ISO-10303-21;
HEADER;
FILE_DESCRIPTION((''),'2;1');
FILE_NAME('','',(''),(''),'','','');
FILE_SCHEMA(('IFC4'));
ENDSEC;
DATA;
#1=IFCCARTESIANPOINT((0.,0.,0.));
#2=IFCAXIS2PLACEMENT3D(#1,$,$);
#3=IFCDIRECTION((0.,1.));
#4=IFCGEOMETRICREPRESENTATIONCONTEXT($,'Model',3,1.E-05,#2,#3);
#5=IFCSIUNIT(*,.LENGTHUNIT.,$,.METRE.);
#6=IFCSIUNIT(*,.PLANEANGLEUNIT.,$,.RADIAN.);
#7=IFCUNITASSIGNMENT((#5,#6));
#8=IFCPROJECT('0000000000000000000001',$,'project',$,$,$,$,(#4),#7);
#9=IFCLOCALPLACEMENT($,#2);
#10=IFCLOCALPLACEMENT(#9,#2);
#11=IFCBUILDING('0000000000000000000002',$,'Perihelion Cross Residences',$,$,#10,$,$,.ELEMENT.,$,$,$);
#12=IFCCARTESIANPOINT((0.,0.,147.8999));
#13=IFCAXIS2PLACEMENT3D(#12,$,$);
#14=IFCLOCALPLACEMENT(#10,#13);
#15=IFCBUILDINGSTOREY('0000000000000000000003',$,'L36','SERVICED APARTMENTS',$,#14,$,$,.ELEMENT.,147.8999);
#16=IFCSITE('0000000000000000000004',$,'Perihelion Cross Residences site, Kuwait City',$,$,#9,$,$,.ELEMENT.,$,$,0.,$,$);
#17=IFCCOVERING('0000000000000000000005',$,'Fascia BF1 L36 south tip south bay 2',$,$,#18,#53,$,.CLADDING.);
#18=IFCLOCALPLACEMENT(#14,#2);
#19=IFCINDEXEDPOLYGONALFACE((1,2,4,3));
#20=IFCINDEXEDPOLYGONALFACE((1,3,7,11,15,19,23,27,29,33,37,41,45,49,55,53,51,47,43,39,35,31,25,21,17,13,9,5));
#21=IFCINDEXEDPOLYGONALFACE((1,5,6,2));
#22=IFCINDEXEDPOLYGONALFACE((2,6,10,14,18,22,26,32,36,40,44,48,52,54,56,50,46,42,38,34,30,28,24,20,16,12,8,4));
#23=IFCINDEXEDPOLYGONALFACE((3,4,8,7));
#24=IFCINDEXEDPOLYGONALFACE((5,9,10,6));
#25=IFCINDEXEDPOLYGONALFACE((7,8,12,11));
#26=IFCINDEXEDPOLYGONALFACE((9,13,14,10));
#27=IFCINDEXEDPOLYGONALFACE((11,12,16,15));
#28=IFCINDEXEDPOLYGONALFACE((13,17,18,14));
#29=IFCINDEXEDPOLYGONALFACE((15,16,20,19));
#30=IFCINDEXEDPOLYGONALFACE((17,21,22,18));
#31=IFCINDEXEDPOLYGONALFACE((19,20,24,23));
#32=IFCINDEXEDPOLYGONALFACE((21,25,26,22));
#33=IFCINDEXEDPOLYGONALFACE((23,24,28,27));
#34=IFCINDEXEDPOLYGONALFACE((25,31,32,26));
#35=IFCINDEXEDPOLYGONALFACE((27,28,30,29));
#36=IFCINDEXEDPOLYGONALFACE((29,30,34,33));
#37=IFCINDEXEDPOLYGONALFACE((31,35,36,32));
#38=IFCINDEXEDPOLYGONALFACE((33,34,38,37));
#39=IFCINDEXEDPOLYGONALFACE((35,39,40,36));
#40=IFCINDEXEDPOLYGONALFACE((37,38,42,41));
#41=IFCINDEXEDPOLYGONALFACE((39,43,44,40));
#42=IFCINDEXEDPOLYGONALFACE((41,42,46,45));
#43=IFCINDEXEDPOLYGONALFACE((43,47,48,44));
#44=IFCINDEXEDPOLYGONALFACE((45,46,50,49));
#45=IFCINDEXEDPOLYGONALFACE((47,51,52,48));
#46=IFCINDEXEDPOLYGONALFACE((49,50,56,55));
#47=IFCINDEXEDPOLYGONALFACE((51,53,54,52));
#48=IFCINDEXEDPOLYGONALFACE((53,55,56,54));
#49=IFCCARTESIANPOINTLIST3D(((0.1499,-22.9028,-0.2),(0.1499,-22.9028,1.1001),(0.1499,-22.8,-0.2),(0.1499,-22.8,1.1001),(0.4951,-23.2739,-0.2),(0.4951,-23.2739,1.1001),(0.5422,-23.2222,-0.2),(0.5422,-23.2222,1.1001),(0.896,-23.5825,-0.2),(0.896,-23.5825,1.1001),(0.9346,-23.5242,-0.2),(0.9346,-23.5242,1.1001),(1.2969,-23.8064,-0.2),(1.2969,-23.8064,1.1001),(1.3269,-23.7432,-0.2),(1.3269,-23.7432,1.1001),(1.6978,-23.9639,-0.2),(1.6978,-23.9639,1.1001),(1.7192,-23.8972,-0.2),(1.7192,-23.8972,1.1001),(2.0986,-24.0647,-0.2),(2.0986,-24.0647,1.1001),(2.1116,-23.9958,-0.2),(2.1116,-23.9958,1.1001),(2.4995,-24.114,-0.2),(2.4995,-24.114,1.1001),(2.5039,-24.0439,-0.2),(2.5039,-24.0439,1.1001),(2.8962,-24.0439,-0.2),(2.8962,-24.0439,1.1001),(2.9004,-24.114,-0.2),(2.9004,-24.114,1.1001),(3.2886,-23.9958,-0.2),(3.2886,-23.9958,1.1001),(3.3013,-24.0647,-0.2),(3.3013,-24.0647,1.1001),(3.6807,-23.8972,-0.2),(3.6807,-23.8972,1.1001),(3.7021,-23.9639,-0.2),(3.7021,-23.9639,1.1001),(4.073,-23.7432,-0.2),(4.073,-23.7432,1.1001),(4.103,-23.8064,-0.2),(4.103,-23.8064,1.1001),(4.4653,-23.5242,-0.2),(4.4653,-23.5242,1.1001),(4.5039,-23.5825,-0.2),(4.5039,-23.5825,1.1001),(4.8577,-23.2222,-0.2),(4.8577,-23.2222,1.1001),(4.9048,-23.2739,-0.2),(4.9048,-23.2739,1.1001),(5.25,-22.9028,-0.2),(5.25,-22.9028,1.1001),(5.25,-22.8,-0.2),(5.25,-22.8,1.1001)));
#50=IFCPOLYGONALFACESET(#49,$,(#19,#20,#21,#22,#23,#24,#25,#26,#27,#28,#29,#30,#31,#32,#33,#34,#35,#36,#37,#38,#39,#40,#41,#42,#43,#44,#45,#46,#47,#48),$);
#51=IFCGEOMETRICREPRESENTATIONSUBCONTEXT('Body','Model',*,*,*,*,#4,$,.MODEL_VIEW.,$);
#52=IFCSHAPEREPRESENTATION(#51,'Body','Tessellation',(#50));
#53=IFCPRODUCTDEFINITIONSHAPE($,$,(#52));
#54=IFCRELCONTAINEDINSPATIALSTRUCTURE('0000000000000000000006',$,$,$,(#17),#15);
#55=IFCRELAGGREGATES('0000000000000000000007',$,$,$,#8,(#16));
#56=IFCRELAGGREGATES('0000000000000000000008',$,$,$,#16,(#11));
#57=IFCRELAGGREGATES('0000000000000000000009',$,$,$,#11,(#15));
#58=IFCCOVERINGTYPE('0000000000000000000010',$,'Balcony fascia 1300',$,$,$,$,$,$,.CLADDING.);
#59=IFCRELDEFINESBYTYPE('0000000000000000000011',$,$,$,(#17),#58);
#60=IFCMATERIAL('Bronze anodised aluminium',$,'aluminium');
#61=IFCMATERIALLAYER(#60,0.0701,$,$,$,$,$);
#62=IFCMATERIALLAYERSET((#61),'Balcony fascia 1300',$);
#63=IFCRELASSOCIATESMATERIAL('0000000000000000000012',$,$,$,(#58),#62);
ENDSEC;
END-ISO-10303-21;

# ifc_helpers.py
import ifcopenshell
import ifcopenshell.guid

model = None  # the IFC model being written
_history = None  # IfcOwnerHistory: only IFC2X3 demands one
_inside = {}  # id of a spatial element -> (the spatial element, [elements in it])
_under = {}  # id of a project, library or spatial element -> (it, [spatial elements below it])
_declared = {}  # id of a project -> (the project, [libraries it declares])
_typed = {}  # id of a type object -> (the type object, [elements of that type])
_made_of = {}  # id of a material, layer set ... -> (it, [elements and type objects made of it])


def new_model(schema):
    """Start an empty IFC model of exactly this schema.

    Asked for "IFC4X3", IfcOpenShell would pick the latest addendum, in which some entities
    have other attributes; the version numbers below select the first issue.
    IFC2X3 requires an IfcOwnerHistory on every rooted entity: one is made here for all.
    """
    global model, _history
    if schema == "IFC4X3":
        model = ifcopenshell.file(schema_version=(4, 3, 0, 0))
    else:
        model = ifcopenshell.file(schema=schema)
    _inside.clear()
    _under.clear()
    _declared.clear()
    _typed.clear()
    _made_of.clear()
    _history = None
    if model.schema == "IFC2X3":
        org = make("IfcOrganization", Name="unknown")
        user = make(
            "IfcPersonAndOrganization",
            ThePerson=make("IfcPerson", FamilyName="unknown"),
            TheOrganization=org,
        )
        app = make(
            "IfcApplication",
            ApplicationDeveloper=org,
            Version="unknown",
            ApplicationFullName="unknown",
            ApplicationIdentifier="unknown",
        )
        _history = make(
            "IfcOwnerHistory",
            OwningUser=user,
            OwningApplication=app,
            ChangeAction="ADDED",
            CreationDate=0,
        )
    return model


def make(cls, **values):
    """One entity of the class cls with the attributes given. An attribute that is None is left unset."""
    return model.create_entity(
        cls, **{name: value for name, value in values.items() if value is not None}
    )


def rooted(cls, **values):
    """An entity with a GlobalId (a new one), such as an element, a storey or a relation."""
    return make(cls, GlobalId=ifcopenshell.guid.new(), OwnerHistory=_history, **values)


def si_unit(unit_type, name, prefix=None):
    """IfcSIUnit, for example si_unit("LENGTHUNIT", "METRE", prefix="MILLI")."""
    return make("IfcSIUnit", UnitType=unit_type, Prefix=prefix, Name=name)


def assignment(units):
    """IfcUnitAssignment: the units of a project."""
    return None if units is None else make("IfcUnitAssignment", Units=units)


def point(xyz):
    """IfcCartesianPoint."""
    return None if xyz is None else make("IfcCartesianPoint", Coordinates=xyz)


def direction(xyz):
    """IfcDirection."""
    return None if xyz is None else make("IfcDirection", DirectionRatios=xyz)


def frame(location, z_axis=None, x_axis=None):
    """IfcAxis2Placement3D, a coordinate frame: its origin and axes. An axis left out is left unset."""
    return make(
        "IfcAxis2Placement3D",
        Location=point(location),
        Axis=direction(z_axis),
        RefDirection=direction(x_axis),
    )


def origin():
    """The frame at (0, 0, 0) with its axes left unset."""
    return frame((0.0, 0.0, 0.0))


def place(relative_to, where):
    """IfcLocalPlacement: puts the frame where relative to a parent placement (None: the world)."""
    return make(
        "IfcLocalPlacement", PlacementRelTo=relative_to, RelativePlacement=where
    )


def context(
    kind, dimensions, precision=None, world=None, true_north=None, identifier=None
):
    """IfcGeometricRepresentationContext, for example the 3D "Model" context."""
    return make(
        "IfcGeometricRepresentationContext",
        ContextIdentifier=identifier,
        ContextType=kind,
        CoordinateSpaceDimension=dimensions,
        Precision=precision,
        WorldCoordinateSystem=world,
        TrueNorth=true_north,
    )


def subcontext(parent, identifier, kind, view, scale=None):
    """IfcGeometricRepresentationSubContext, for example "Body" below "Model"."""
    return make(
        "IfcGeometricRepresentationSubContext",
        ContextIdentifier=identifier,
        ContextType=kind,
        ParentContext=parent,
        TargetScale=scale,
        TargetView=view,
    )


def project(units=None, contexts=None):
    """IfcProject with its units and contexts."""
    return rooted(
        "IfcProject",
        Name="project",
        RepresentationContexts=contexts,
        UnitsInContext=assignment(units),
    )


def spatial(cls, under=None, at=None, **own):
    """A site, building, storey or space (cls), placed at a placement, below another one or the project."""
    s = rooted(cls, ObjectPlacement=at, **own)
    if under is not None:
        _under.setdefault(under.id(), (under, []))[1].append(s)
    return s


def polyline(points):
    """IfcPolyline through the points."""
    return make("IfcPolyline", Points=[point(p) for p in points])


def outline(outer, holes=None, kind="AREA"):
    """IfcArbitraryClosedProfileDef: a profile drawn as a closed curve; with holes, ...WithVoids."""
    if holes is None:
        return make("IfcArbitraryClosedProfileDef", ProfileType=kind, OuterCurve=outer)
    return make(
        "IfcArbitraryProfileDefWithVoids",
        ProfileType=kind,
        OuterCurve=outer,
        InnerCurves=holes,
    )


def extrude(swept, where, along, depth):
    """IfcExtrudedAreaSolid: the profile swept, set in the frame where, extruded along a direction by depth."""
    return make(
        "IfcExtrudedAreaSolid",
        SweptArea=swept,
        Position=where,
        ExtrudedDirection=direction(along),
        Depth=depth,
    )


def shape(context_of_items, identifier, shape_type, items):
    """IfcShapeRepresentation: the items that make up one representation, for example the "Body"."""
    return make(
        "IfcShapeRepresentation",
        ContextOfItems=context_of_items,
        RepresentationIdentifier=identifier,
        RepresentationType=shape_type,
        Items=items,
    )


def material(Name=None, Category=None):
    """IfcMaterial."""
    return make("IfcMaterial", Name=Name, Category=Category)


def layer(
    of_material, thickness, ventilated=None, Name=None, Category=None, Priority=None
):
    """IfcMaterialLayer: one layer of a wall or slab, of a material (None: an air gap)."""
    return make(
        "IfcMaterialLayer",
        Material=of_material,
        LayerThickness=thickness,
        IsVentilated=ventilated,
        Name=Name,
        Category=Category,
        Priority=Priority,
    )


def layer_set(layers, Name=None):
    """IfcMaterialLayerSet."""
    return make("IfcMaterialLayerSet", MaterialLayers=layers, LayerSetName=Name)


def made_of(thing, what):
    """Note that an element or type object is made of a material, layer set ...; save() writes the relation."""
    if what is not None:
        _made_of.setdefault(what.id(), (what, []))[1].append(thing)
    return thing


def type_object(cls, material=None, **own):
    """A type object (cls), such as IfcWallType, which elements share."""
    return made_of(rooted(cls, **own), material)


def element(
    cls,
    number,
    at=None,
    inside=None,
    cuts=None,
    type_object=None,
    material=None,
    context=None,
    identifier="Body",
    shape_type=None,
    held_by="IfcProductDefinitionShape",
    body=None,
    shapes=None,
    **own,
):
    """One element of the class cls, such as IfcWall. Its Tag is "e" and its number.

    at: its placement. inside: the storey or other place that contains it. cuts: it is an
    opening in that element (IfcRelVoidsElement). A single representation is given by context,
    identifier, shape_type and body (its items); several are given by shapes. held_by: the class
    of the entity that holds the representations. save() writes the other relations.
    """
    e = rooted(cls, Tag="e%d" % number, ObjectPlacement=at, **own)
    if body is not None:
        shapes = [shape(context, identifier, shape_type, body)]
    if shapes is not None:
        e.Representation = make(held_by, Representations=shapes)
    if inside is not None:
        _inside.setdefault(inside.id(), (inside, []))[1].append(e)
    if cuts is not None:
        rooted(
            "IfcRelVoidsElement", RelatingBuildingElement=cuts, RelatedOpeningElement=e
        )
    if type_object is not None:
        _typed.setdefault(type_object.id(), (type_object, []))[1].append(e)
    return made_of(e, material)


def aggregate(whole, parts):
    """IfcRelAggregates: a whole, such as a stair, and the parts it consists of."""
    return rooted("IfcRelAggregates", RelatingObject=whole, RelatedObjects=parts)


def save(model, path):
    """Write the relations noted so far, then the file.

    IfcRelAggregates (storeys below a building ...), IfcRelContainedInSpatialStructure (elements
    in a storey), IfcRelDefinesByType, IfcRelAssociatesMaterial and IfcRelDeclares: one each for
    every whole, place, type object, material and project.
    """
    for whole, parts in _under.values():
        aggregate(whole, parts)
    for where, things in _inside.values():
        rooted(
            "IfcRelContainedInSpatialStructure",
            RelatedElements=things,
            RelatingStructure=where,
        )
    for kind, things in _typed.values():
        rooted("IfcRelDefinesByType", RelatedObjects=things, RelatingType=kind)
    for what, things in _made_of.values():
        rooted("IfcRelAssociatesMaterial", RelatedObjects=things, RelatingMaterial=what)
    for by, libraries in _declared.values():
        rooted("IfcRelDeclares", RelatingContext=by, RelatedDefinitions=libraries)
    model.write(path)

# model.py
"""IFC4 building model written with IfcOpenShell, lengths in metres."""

from ifc_helpers import new_model, si_unit, direction, frame, origin, place, context, subcontext, project, spatial, polyline, outline, extrude, material, layer, layer_set, type_object, element, save


model = new_model("IFC4")

# Units and contexts
model_context = context("Model", 3, precision=1e-05, world=origin(), true_north=direction((0.0, 1.0)))
body_context = subcontext(model_context, "Body", "Model", "MODEL_VIEW")
ifc_project = project(units=[si_unit("LENGTHUNIT", "METRE"), si_unit("PLANEANGLEUNIT", "RADIAN")], contexts=[model_context])

# Site, building, storey
site_placement = place(None, origin())
site = spatial("IfcSite", under=ifc_project, at=site_placement, Name="Perihelion Cross Residences site, Kuwait City", CompositionType="ELEMENT", RefElevation=0.0)
building_placement = place(site_placement, origin())
building = spatial("IfcBuilding", under=site, at=building_placement, Name="Perihelion Cross Residences", CompositionType="ELEMENT")
storey_placement = place(building_placement, frame((0.0, 0.0, 147.8999)))
storey = spatial("IfcBuildingStorey", under=building, at=storey_placement, Name="L36", Description="SERVICED APARTMENTS", CompositionType="ELEMENT", Elevation=147.8999)

# Covering
ifc_material_1 = material(Name="Bronze anodised aluminium", Category="aluminium")
ifc_layer_1 = layer(ifc_material_1, 0.0701)
ifc_layer_set_1 = layer_set([ifc_layer_1], Name="Balcony fascia 1300")
covering_type = type_object("IfcCoveringType", Name="Balcony fascia 1300", PredefinedType="CLADDING", material=ifc_layer_set_1)
covering_1_placement = place(storey_placement, frame((0.0, 0.0, -0.2)))
element("IfcCovering", 1, at=covering_1_placement, inside=storey, type_object=covering_type, Name="Fascia BF1 L36 south tip south bay 2", PredefinedType="CLADDING", context=body_context, shape_type="SweptSolid", body=[
    extrude(outline(polyline([(0.4951, -23.2739), (0.896, -23.5825), (1.2969, -23.8064), (1.6978, -23.9639), (2.0986, -24.0647), (2.4995, -24.114), (2.9004, -24.114), (3.3013, -24.0647), (3.7021, -23.9639), (4.103, -23.8064), (4.5039, -23.5825), (4.9048, -23.2739), (5.25, -22.9028), (5.25, -22.8), (4.8577, -23.2222), (4.4653, -23.5242), (4.073, -23.7432), (3.6807, -23.8972), (3.2886, -23.9958), (2.8962, -24.0439), (2.5039, -24.0439), (2.1116, -23.9958), (1.7192, -23.8972), (1.3269, -23.7432), (0.9346, -23.5242), (0.5422, -23.2222), (0.1499, -22.8), (0.1499, -22.9028), (0.4951, -23.2739)])), origin(), (0.0, 0.0, 1.0), 1.3),
])

save(model, "model.ifc")
